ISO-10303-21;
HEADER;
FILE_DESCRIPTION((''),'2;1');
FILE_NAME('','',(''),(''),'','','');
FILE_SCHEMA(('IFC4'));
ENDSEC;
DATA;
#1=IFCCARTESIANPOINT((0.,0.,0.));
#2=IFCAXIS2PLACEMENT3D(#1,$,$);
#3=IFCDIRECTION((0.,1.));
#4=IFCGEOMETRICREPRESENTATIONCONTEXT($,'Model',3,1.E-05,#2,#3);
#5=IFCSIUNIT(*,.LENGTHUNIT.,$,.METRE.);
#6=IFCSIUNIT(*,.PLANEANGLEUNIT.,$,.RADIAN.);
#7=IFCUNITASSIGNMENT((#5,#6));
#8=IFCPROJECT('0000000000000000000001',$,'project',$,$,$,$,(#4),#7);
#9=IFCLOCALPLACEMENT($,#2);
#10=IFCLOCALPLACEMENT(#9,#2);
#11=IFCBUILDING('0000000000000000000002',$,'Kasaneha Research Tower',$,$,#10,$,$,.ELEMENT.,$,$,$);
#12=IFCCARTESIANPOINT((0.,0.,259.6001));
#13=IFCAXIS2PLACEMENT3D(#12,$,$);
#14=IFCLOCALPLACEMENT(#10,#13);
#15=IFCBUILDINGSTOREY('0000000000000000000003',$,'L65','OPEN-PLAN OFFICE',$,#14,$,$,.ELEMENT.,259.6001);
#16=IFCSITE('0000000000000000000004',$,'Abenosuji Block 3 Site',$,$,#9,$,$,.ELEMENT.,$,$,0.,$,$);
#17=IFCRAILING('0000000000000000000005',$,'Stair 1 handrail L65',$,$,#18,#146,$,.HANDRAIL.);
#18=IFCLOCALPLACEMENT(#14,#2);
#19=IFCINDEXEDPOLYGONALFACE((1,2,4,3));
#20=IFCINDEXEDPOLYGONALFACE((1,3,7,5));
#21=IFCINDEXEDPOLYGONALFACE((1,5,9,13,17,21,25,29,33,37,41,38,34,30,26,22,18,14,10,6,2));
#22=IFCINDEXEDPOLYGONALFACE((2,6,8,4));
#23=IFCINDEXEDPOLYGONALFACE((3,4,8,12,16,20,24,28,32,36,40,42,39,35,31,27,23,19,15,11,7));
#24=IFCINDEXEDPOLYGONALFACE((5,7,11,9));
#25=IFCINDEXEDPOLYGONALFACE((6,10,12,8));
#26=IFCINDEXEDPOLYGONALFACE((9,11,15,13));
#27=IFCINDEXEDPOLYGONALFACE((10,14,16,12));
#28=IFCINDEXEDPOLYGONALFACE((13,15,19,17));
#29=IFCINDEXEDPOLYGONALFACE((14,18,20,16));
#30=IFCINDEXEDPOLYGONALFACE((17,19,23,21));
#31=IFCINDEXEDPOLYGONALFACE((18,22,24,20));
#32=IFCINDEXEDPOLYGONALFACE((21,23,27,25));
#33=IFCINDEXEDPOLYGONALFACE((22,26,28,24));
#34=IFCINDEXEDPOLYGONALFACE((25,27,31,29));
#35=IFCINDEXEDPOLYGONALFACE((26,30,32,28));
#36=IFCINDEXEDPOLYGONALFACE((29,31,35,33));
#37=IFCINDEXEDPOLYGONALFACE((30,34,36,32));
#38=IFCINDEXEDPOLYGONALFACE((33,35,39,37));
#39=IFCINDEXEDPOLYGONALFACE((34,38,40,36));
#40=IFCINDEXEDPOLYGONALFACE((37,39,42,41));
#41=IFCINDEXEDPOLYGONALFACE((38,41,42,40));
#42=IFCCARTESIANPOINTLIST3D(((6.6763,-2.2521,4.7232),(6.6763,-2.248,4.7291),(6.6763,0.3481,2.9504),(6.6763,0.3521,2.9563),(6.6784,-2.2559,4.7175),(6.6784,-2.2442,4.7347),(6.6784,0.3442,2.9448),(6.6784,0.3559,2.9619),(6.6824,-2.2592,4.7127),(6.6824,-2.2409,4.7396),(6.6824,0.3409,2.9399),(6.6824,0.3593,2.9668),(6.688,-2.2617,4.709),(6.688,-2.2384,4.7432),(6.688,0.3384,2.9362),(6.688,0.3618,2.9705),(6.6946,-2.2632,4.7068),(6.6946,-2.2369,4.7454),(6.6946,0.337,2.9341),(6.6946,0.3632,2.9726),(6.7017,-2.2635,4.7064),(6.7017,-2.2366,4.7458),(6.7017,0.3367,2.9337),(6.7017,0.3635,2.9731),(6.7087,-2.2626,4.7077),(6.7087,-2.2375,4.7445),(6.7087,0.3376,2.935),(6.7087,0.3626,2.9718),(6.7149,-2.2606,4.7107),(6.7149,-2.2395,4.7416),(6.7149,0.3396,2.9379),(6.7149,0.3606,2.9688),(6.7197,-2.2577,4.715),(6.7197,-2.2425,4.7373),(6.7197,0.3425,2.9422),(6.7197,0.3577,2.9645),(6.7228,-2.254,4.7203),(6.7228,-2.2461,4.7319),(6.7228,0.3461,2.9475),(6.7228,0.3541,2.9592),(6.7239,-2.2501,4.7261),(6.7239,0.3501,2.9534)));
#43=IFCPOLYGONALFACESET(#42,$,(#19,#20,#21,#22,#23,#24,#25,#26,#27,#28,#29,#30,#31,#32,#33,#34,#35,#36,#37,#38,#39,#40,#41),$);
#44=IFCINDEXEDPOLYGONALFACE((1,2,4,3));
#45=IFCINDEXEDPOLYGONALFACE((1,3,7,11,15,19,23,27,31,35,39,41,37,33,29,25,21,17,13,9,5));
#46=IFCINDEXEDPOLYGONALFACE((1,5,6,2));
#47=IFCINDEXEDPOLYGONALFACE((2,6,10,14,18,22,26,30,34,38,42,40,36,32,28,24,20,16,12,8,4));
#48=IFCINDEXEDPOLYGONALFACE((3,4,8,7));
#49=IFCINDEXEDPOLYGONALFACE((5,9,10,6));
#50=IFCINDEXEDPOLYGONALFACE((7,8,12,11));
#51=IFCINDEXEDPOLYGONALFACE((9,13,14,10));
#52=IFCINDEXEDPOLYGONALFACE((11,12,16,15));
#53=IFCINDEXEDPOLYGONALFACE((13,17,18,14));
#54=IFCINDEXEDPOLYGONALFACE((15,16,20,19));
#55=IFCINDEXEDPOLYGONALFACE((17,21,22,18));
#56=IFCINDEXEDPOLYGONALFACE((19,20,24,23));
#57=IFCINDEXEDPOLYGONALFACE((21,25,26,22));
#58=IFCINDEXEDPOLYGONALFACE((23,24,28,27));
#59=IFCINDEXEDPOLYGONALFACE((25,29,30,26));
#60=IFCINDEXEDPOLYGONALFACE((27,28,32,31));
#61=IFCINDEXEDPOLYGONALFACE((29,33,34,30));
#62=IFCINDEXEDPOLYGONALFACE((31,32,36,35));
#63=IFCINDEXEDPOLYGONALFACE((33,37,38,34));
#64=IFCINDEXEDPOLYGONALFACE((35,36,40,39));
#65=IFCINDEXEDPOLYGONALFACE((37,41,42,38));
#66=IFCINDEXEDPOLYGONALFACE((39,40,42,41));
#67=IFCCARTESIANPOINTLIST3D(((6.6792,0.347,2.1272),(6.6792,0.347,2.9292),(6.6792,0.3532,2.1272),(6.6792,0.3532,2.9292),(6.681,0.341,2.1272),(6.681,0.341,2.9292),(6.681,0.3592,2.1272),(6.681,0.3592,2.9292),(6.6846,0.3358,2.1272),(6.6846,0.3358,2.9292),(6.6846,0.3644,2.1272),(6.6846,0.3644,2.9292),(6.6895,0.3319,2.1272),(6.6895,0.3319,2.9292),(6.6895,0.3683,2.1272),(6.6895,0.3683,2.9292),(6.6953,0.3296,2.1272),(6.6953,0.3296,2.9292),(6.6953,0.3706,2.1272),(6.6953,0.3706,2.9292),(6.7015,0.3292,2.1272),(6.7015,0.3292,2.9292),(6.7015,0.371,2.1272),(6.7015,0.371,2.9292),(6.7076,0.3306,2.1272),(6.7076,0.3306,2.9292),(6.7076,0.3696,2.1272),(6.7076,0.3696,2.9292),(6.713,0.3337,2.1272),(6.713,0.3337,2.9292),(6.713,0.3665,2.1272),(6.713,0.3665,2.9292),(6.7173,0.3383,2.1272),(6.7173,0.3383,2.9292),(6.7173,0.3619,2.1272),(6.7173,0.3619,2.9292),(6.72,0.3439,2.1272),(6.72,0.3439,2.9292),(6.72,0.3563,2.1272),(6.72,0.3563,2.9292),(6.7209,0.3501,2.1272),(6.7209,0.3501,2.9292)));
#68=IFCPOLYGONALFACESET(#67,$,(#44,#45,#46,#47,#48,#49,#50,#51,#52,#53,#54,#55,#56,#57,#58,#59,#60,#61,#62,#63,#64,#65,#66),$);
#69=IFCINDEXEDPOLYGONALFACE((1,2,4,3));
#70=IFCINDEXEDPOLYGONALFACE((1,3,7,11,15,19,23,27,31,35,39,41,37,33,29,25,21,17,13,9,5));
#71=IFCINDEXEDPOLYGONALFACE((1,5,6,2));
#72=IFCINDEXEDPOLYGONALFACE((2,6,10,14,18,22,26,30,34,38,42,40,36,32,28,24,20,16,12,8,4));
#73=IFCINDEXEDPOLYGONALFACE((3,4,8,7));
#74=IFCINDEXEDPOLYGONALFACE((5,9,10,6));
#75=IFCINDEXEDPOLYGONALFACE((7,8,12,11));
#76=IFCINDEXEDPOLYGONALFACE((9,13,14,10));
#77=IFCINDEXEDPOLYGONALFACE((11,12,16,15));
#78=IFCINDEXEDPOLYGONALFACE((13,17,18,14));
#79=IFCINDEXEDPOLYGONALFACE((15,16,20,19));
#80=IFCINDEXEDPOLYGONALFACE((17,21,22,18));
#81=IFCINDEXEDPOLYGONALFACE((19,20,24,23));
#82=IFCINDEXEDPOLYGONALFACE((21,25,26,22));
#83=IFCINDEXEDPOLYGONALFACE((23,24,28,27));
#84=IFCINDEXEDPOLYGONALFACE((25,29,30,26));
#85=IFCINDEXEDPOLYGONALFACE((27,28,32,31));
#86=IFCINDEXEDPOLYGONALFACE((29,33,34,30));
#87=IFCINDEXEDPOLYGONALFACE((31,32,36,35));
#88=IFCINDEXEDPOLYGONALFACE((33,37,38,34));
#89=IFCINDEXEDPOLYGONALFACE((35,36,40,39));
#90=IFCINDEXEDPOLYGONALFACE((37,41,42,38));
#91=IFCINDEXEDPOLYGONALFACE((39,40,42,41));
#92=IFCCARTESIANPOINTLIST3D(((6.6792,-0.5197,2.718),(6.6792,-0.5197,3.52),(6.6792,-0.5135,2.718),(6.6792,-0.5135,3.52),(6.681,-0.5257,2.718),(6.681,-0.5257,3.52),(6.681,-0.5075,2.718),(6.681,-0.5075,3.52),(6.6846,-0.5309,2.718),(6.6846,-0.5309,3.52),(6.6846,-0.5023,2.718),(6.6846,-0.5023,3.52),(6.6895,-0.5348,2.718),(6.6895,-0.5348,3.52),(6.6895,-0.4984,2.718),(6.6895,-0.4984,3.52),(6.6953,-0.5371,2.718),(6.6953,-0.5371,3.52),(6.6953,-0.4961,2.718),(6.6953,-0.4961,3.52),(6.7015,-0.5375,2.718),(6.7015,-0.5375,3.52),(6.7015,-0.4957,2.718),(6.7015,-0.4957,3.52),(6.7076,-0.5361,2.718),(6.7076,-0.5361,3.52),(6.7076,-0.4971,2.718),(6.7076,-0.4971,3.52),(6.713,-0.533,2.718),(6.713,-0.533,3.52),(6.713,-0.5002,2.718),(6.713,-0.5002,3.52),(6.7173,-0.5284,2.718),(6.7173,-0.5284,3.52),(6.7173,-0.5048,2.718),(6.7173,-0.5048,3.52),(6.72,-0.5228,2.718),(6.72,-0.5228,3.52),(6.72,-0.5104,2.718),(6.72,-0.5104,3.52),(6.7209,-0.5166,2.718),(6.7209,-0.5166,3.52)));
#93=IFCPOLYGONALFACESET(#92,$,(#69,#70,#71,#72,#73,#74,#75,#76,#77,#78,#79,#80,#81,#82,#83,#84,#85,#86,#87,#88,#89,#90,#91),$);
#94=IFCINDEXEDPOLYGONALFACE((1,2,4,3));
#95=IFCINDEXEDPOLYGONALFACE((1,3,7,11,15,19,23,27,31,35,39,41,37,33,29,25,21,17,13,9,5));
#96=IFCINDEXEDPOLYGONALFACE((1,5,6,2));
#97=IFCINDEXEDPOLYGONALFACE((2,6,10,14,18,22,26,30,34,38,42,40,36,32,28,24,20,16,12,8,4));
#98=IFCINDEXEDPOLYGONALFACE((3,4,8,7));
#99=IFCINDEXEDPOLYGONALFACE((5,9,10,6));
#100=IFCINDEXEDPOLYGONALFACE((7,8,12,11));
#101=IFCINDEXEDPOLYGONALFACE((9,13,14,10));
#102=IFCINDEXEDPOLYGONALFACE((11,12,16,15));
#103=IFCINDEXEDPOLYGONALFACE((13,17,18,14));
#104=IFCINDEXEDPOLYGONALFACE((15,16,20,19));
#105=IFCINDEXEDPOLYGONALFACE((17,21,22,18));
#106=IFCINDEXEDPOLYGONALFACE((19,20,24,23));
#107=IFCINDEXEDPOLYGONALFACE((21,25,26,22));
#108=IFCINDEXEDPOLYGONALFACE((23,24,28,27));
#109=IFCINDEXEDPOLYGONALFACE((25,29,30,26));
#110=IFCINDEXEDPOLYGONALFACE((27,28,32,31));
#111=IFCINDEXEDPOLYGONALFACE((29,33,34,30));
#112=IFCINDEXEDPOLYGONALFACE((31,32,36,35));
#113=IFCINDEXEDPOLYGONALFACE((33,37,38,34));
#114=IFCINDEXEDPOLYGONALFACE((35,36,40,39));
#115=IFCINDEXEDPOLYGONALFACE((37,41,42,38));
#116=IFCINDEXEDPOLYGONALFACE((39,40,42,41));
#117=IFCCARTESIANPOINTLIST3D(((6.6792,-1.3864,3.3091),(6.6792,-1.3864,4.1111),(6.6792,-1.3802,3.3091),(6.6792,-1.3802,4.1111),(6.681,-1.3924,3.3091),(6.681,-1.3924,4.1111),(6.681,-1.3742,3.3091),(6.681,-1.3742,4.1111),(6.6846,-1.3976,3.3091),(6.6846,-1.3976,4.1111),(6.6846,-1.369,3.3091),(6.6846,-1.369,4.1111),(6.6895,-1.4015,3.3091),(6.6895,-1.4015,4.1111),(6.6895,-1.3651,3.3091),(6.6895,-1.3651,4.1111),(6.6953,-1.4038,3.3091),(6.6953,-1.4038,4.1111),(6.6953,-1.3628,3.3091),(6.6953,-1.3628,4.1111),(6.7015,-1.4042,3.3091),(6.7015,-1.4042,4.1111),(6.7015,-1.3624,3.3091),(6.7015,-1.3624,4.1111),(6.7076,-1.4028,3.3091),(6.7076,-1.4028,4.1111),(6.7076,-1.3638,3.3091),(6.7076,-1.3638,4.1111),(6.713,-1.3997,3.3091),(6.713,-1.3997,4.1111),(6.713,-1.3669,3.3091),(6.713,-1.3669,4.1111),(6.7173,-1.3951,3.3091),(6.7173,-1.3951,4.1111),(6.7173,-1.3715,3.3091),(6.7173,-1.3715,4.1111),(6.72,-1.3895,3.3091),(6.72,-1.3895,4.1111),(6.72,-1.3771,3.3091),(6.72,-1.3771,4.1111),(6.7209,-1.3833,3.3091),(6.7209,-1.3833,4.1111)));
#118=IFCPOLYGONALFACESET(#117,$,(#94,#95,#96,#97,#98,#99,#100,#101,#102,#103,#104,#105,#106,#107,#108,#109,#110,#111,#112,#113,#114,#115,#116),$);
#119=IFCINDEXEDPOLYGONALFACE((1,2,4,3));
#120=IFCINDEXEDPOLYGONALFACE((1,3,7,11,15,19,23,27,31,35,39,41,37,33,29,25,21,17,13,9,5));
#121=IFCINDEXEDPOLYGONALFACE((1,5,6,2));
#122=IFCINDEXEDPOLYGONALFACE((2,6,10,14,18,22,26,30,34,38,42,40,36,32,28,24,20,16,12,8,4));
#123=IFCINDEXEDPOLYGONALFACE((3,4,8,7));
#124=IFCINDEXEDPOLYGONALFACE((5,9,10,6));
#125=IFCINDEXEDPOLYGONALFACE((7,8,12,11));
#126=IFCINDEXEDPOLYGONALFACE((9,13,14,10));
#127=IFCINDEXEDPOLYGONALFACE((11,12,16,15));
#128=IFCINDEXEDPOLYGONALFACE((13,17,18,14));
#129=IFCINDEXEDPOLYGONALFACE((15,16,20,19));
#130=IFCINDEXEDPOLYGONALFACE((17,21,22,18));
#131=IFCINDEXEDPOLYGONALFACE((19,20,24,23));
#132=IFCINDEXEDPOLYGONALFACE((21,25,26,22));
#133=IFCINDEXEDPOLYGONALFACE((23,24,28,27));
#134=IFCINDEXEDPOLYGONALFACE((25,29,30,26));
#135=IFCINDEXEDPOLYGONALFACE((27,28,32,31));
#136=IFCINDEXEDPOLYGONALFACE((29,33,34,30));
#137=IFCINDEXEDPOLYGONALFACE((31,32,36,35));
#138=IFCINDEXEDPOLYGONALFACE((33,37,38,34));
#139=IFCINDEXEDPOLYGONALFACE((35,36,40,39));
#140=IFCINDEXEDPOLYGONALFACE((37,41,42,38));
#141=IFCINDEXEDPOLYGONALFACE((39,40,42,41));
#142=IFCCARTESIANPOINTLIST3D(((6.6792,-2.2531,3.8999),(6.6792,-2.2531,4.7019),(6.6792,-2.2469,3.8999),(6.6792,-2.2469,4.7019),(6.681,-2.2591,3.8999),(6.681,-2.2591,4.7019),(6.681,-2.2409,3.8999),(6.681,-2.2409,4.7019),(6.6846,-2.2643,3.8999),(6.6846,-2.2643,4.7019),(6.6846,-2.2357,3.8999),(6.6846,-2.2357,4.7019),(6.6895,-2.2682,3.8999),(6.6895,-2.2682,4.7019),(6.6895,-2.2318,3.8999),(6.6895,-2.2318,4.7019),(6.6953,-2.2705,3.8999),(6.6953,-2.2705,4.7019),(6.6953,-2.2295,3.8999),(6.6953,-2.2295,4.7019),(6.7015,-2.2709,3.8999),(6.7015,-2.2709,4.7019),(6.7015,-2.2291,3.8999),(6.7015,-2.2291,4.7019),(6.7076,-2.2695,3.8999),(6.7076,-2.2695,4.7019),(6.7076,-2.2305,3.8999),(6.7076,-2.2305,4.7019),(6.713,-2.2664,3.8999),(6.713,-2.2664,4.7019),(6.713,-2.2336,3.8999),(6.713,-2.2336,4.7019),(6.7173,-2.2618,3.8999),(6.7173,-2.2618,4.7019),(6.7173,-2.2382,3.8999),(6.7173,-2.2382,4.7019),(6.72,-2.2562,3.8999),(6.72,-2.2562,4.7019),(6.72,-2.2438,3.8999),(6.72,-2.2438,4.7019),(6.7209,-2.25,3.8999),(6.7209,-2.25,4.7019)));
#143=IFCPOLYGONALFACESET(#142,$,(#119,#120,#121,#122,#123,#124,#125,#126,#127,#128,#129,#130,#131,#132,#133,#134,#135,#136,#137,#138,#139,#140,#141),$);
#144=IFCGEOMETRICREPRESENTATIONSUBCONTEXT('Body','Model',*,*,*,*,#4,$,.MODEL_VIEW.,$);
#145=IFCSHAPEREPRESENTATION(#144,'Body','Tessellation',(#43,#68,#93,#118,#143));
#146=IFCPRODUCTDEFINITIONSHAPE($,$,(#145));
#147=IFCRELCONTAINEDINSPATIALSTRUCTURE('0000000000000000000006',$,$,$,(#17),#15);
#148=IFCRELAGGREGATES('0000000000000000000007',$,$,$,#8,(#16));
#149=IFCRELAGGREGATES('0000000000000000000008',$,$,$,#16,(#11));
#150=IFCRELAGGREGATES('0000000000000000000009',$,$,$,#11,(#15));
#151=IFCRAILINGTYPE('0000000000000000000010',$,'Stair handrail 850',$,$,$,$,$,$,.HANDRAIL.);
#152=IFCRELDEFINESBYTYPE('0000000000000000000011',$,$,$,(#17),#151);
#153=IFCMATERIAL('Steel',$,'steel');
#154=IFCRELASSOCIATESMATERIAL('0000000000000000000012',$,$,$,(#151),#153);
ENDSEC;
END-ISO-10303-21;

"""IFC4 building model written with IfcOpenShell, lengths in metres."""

from ifc_helpers import new_model, si_unit, direction, frame, origin, origin_2d, place, context, subcontext, project, spatial, circle, extrude, material, type_object, element, save


model = new_model("IFC4")

# Units and contexts
model_context = context("Model", 3, precision=1e-05, world=origin(), true_north=direction((0.0, 1.0)))
body_context = subcontext(model_context, "Body", "Model", "MODEL_VIEW")
ifc_project = project(units=[si_unit("LENGTHUNIT", "METRE"), si_unit("PLANEANGLEUNIT", "RADIAN")], contexts=[model_context])

# Site, building, storey
site_placement = place(None, origin())
site = spatial("IfcSite", under=ifc_project, at=site_placement, Name="Abenosuji Block 3 Site", CompositionType="ELEMENT", RefElevation=0.0)
building_placement = place(site_placement, origin())
building = spatial("IfcBuilding", under=site, at=building_placement, Name="Kasaneha Research Tower", CompositionType="ELEMENT")
storey_placement = place(building_placement, frame((0.0, 0.0, 259.6001)))
storey = spatial("IfcBuildingStorey", under=building, at=storey_placement, Name="L65", Description="OPEN-PLAN OFFICE", CompositionType="ELEMENT", Elevation=259.6001)

# Railing
ifc_material_1 = material(Name="Steel", Category="steel")
railing_type_1 = type_object("IfcRailingType", Name="Stair handrail 850", PredefinedType="HANDRAIL", material=ifc_material_1)
railing_1_placement = place(storey_placement, frame((6.7, 0.3501, 2.1272)))
element("IfcRailing", 1, at=railing_1_placement, inside=storey, type_object=railing_type_1, Name="Stair 1 handrail L65", PredefinedType="HANDRAIL", context=body_context, shape_type="SweptSolid", body=[
    extrude(circle(Radius=0.0239, at=origin_2d()), frame((0.0, 0.0, 0.8262), z_axis=(0.0, -0.82624, 0.563318), x_axis=(1.0, 0.0, 0.0)), (0.0, 0.0, 1.0), 3.147),
    extrude(circle(Radius=0.021, at=origin_2d()), origin(), (0.0, 0.0, 1.0), 0.802),
    extrude(circle(Radius=0.021, at=origin_2d()), frame((0.0, -0.8667, 0.5908)), (0.0, 0.0, 1.0), 0.802),
    extrude(circle(Radius=0.021, at=origin_2d()), frame((0.0, -1.7334, 1.1819)), (0.0, 0.0, 1.0), 0.802),
    extrude(circle(Radius=0.021, at=origin_2d()), frame((0.0, -2.6001, 1.7727)), (0.0, 0.0, 1.0), 0.802),
])

save(model, "model.ifc")
